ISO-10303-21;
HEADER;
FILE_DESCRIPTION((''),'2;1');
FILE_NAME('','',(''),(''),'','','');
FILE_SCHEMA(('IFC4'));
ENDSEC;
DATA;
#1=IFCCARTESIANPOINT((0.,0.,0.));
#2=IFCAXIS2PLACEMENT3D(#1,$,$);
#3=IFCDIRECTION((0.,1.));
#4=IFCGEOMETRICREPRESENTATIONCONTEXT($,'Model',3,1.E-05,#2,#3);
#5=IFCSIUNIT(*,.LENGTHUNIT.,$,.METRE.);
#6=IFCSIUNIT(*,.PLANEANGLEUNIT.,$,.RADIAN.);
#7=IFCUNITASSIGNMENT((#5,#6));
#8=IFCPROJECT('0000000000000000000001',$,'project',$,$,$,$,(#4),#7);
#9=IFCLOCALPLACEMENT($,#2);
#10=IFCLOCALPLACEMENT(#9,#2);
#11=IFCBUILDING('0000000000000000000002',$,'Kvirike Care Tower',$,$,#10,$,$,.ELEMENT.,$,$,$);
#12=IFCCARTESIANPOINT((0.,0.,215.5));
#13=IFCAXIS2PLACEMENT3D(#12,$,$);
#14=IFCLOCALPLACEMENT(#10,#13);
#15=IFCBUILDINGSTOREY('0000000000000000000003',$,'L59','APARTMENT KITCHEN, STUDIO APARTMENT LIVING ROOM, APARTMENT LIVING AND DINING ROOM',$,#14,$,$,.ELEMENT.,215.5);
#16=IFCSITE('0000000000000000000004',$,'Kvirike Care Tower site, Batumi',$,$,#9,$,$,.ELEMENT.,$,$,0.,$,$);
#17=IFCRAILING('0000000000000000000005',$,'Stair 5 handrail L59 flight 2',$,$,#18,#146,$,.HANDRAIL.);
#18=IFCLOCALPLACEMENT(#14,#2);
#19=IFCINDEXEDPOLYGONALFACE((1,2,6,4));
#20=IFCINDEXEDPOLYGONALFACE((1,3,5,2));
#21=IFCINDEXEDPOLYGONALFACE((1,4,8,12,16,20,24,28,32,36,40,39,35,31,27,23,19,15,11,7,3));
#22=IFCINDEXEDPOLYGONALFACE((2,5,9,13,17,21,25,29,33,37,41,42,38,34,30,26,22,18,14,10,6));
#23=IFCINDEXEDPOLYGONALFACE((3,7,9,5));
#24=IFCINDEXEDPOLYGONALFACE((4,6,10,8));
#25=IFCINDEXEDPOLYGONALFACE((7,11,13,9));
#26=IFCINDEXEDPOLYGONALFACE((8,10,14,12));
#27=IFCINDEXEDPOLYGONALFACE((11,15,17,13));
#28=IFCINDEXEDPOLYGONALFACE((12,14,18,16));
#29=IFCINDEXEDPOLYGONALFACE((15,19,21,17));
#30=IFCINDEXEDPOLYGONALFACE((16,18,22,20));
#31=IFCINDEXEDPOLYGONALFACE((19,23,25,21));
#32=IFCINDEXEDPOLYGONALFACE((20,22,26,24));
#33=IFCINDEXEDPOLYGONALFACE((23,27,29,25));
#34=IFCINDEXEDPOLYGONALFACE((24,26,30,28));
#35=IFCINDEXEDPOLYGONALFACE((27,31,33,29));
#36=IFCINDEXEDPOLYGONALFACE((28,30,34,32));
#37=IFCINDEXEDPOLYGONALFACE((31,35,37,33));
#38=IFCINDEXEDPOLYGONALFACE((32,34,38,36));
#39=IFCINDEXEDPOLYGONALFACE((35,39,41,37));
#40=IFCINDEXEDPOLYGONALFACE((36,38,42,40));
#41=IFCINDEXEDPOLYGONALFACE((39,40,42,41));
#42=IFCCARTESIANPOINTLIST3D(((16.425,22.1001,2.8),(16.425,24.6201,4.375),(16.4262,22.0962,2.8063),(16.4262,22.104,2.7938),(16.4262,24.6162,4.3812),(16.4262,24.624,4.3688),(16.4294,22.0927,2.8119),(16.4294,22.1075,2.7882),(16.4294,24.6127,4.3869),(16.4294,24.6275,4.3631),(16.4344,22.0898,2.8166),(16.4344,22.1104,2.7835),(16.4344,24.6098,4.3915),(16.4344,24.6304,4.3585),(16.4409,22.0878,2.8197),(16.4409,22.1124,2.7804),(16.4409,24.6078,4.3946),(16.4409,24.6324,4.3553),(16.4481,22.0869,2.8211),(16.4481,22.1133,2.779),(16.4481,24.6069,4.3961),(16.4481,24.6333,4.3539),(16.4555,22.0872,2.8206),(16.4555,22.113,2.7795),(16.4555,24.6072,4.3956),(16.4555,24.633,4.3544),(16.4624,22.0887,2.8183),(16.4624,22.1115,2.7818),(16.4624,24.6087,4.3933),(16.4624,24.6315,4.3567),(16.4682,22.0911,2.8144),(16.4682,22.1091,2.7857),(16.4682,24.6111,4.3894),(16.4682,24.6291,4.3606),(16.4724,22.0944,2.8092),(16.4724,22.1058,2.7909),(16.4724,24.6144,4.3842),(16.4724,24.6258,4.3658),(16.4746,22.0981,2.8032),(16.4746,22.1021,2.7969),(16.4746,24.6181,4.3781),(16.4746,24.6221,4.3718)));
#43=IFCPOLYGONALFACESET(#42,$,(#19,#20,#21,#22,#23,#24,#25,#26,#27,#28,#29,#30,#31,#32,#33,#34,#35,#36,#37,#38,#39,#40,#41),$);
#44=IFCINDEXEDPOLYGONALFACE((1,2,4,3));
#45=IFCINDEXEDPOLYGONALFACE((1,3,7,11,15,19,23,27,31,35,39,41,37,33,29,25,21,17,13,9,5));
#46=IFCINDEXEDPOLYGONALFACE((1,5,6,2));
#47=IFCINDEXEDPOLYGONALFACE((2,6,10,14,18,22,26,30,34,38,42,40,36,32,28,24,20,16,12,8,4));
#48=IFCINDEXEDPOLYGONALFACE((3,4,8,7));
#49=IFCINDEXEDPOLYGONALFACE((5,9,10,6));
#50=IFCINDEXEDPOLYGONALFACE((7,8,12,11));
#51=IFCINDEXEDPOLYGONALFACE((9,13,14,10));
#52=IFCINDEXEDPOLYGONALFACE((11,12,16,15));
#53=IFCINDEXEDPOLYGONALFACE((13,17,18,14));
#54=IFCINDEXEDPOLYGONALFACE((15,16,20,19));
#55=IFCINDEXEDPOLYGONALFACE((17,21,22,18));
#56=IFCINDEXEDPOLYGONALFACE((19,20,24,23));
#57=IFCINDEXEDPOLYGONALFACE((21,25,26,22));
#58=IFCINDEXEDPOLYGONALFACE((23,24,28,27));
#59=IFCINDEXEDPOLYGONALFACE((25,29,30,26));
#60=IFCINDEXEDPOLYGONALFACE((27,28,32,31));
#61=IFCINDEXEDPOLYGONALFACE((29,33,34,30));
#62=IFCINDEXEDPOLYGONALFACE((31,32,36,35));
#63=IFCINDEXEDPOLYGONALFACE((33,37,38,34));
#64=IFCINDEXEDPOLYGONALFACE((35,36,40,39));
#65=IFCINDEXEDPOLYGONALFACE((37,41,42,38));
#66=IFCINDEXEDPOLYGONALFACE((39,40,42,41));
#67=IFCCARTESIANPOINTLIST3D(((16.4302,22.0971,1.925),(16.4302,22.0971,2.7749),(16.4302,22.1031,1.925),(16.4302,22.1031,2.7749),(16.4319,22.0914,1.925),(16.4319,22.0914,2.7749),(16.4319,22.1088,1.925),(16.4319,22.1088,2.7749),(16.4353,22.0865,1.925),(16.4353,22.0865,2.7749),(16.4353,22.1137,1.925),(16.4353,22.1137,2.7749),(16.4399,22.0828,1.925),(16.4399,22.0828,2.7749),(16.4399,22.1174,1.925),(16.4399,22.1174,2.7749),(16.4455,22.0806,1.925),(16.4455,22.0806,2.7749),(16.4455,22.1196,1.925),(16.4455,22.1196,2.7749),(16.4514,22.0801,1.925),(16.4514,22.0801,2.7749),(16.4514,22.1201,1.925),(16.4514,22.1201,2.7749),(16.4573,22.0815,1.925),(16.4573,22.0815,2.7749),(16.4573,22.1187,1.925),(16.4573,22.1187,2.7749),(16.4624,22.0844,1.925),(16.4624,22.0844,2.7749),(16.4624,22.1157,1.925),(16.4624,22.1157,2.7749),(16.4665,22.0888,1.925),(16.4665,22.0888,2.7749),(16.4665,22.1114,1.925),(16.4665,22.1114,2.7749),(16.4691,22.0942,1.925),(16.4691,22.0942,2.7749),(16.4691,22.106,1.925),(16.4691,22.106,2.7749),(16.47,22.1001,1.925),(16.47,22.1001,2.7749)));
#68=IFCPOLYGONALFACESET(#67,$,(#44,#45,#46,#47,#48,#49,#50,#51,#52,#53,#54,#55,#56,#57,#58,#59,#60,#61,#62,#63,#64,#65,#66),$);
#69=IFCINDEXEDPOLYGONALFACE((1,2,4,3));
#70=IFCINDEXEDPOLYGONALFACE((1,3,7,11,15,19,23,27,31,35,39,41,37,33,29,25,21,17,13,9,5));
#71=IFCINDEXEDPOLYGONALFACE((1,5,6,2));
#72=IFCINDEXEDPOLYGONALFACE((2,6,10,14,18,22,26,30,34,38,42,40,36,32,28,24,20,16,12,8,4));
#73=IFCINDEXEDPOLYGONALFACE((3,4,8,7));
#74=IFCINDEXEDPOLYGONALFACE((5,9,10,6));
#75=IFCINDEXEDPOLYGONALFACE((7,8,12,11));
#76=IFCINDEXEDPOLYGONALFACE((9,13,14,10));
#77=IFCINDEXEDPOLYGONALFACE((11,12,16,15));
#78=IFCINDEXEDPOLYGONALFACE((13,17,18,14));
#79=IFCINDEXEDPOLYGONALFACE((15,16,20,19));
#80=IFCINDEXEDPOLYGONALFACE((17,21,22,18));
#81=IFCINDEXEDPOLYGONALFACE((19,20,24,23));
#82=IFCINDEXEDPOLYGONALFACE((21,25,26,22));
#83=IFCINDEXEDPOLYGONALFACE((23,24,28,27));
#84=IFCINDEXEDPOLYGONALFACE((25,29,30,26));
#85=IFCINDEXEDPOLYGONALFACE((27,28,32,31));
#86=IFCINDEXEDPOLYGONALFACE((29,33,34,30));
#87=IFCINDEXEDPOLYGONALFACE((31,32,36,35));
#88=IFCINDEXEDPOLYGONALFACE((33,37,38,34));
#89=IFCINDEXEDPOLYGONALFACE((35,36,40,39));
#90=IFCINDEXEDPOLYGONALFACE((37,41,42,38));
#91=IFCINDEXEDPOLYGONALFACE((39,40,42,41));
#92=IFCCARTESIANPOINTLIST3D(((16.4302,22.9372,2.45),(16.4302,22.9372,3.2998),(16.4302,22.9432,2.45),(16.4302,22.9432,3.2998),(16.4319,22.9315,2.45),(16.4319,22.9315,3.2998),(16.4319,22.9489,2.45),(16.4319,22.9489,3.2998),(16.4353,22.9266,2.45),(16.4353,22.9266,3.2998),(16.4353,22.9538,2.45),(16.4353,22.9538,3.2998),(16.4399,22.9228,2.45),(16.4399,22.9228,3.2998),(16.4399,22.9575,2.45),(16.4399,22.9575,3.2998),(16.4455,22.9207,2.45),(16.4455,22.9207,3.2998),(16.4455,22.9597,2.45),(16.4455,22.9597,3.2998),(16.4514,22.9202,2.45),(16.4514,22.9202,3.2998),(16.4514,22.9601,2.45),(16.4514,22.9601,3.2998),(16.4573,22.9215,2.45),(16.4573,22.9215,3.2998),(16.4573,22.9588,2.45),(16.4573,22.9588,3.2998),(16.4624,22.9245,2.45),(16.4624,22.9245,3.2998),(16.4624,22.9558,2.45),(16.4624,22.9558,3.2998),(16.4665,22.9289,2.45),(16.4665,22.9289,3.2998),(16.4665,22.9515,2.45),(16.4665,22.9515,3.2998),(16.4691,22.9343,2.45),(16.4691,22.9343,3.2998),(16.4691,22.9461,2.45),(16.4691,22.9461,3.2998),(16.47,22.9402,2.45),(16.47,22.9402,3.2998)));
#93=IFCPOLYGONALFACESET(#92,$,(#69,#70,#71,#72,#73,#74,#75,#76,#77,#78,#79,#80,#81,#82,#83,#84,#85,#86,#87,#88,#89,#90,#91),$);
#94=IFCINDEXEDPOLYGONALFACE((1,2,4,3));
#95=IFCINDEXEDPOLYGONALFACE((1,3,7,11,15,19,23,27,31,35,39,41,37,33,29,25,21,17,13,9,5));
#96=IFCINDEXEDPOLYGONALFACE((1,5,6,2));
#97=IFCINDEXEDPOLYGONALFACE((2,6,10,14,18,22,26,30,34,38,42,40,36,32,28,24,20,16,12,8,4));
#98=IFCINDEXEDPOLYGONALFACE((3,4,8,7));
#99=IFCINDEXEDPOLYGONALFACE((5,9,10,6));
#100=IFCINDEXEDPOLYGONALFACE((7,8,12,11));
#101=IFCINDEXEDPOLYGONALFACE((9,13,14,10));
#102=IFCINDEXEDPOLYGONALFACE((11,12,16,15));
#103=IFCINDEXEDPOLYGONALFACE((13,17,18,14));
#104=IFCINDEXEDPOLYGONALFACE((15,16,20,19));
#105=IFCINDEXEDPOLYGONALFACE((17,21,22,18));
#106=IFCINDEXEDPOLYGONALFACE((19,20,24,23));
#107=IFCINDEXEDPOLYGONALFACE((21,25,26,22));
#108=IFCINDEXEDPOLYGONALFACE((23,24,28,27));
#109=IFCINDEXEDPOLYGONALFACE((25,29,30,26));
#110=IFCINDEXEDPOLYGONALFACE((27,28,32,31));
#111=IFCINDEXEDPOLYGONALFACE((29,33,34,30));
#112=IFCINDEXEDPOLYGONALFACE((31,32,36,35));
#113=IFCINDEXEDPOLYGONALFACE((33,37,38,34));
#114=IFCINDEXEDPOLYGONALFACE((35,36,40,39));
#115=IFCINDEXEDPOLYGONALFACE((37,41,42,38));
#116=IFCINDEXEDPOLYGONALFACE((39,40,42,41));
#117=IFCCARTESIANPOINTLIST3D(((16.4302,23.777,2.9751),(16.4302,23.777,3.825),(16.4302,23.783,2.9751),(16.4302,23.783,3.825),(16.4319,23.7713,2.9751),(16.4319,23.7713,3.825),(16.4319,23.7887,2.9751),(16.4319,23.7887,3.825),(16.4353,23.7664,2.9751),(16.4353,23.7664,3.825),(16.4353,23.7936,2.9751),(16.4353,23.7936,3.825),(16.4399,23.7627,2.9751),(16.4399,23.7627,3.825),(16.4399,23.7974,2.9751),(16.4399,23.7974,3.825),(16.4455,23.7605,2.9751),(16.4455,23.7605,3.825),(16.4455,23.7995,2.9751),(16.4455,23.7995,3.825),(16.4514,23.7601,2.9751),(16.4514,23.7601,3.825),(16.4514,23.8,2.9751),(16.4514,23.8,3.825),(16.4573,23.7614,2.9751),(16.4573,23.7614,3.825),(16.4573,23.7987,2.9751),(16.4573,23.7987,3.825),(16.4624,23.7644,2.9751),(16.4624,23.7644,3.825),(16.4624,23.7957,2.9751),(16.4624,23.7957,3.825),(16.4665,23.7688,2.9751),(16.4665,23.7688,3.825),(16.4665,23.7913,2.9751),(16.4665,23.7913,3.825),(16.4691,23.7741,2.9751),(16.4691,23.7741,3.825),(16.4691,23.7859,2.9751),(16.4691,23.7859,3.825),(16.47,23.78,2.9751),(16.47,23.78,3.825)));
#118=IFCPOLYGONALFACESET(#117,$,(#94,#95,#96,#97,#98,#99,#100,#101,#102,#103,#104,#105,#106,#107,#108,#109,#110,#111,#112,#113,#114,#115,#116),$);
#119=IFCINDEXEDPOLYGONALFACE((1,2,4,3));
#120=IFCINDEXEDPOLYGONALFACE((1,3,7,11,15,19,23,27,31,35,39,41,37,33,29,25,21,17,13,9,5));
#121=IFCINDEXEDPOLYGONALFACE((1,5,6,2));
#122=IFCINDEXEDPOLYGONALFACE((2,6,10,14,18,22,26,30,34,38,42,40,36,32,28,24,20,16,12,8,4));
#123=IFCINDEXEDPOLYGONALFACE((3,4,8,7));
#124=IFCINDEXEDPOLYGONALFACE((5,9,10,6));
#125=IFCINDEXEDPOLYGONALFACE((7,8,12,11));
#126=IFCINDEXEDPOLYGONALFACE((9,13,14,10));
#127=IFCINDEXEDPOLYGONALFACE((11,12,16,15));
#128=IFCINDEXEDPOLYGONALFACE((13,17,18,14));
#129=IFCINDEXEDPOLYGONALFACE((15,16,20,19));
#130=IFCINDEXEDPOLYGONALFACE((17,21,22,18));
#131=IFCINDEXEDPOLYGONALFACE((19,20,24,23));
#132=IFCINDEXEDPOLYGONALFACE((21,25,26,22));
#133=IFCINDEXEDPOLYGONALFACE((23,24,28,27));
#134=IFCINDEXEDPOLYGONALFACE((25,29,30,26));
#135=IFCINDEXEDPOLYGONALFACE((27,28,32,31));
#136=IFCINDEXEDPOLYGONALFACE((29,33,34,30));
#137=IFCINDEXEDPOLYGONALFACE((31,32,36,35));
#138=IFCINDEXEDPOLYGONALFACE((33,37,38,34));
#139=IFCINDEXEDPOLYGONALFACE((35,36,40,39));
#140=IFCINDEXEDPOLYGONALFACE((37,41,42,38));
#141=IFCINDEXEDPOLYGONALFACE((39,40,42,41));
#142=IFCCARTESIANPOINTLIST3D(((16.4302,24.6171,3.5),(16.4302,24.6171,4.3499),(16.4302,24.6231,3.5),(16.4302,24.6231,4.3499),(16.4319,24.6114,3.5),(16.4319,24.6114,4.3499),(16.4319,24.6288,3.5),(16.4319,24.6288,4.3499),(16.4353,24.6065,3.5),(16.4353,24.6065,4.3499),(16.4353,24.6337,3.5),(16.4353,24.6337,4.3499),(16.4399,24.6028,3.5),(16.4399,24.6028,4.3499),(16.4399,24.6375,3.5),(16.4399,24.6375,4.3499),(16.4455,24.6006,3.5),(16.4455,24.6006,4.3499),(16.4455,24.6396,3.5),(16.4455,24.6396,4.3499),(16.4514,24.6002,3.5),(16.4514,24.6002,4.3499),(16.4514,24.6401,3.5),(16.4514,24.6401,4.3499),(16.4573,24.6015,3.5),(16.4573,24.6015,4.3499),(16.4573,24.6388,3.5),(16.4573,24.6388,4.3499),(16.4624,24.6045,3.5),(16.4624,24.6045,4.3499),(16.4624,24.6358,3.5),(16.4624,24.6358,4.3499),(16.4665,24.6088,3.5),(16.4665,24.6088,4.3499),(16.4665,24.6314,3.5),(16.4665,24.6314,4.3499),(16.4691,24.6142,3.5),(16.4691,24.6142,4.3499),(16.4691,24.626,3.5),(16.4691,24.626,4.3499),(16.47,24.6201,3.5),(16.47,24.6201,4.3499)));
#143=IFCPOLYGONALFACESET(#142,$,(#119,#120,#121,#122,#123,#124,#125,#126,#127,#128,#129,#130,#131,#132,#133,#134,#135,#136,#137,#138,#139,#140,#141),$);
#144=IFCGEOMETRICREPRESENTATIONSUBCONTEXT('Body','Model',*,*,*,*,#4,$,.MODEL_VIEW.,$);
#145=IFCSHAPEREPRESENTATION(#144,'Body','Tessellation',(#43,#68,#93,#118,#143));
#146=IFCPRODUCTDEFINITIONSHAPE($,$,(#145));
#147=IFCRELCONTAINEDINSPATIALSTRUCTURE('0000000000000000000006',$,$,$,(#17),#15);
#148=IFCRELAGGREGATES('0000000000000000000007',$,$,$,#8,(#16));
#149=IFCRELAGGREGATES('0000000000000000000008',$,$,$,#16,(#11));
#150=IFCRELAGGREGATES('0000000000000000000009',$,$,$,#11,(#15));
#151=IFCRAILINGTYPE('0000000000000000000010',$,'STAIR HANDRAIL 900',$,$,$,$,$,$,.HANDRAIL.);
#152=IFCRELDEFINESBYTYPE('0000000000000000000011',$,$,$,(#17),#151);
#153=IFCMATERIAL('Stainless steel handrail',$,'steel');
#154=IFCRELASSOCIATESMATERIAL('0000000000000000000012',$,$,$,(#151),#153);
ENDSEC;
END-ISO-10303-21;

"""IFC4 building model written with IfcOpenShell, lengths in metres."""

from ifc_helpers import new_model, si_unit, direction, frame, origin, origin_2d, place, context, subcontext, project, spatial, circle, extrude, material, type_object, element, save


model = new_model("IFC4")

# Units and contexts
model_context = context("Model", 3, precision=1e-05, world=origin(), true_north=direction((0.0, 1.0)))
body_context = subcontext(model_context, "Body", "Model", "MODEL_VIEW")
ifc_project = project(units=[si_unit("LENGTHUNIT", "METRE"), si_unit("PLANEANGLEUNIT", "RADIAN")], contexts=[model_context])

# Site, building, storey
site_placement = place(None, origin())
site = spatial("IfcSite", under=ifc_project, at=site_placement, Name="Kvirike Care Tower site, Batumi", CompositionType="ELEMENT", RefElevation=0.0)
building_placement = place(site_placement, origin())
building = spatial("IfcBuilding", under=site, at=building_placement, Name="Kvirike Care Tower", CompositionType="ELEMENT")
storey_placement = place(building_placement, frame((0.0, 0.0, 215.5)))
storey = spatial("IfcBuildingStorey", under=building, at=storey_placement, Name="L59", Description="APARTMENT KITCHEN, STUDIO APARTMENT LIVING ROOM, APARTMENT LIVING AND DINING ROOM", CompositionType="ELEMENT", Elevation=215.5)

# Railing
ifc_material_1 = material(Name="Stainless steel handrail", Category="steel")
railing_type = type_object("IfcRailingType", Name="STAIR HANDRAIL 900", PredefinedType="HANDRAIL", material=ifc_material_1)
railing_1_placement = place(storey_placement, frame((16.45, 22.1001, 1.925)))
element("IfcRailing", 1, at=railing_1_placement, inside=storey, type_object=railing_type, Name="Stair 5 handrail L59 flight 2", PredefinedType="HANDRAIL", context=body_context, shape_type="SweptSolid", body=[
    extrude(circle(Radius=0.0249, at=origin_2d()), frame((0.0, 0.0, 0.875), z_axis=(0.0, 0.848008, 0.529984), x_axis=(-1.0, 0.0, 0.0)), (0.0, 0.0, 1.0), 2.9717),
    extrude(circle(Radius=0.02, at=origin_2d()), origin(), (0.0, 0.0, 1.0), 0.8499),
    extrude(circle(Radius=0.02, at=origin_2d()), frame((0.0, 0.8401, 0.5249)), (0.0, 0.0, 1.0), 0.8499),
    extrude(circle(Radius=0.02, at=origin_2d()), frame((0.0, 1.6799, 1.05)), (0.0, 0.0, 1.0), 0.8499),
    extrude(circle(Radius=0.02, at=origin_2d()), frame((0.0, 2.52, 1.575)), (0.0, 0.0, 1.0), 0.8499),
])

save(model, "model.ifc")
